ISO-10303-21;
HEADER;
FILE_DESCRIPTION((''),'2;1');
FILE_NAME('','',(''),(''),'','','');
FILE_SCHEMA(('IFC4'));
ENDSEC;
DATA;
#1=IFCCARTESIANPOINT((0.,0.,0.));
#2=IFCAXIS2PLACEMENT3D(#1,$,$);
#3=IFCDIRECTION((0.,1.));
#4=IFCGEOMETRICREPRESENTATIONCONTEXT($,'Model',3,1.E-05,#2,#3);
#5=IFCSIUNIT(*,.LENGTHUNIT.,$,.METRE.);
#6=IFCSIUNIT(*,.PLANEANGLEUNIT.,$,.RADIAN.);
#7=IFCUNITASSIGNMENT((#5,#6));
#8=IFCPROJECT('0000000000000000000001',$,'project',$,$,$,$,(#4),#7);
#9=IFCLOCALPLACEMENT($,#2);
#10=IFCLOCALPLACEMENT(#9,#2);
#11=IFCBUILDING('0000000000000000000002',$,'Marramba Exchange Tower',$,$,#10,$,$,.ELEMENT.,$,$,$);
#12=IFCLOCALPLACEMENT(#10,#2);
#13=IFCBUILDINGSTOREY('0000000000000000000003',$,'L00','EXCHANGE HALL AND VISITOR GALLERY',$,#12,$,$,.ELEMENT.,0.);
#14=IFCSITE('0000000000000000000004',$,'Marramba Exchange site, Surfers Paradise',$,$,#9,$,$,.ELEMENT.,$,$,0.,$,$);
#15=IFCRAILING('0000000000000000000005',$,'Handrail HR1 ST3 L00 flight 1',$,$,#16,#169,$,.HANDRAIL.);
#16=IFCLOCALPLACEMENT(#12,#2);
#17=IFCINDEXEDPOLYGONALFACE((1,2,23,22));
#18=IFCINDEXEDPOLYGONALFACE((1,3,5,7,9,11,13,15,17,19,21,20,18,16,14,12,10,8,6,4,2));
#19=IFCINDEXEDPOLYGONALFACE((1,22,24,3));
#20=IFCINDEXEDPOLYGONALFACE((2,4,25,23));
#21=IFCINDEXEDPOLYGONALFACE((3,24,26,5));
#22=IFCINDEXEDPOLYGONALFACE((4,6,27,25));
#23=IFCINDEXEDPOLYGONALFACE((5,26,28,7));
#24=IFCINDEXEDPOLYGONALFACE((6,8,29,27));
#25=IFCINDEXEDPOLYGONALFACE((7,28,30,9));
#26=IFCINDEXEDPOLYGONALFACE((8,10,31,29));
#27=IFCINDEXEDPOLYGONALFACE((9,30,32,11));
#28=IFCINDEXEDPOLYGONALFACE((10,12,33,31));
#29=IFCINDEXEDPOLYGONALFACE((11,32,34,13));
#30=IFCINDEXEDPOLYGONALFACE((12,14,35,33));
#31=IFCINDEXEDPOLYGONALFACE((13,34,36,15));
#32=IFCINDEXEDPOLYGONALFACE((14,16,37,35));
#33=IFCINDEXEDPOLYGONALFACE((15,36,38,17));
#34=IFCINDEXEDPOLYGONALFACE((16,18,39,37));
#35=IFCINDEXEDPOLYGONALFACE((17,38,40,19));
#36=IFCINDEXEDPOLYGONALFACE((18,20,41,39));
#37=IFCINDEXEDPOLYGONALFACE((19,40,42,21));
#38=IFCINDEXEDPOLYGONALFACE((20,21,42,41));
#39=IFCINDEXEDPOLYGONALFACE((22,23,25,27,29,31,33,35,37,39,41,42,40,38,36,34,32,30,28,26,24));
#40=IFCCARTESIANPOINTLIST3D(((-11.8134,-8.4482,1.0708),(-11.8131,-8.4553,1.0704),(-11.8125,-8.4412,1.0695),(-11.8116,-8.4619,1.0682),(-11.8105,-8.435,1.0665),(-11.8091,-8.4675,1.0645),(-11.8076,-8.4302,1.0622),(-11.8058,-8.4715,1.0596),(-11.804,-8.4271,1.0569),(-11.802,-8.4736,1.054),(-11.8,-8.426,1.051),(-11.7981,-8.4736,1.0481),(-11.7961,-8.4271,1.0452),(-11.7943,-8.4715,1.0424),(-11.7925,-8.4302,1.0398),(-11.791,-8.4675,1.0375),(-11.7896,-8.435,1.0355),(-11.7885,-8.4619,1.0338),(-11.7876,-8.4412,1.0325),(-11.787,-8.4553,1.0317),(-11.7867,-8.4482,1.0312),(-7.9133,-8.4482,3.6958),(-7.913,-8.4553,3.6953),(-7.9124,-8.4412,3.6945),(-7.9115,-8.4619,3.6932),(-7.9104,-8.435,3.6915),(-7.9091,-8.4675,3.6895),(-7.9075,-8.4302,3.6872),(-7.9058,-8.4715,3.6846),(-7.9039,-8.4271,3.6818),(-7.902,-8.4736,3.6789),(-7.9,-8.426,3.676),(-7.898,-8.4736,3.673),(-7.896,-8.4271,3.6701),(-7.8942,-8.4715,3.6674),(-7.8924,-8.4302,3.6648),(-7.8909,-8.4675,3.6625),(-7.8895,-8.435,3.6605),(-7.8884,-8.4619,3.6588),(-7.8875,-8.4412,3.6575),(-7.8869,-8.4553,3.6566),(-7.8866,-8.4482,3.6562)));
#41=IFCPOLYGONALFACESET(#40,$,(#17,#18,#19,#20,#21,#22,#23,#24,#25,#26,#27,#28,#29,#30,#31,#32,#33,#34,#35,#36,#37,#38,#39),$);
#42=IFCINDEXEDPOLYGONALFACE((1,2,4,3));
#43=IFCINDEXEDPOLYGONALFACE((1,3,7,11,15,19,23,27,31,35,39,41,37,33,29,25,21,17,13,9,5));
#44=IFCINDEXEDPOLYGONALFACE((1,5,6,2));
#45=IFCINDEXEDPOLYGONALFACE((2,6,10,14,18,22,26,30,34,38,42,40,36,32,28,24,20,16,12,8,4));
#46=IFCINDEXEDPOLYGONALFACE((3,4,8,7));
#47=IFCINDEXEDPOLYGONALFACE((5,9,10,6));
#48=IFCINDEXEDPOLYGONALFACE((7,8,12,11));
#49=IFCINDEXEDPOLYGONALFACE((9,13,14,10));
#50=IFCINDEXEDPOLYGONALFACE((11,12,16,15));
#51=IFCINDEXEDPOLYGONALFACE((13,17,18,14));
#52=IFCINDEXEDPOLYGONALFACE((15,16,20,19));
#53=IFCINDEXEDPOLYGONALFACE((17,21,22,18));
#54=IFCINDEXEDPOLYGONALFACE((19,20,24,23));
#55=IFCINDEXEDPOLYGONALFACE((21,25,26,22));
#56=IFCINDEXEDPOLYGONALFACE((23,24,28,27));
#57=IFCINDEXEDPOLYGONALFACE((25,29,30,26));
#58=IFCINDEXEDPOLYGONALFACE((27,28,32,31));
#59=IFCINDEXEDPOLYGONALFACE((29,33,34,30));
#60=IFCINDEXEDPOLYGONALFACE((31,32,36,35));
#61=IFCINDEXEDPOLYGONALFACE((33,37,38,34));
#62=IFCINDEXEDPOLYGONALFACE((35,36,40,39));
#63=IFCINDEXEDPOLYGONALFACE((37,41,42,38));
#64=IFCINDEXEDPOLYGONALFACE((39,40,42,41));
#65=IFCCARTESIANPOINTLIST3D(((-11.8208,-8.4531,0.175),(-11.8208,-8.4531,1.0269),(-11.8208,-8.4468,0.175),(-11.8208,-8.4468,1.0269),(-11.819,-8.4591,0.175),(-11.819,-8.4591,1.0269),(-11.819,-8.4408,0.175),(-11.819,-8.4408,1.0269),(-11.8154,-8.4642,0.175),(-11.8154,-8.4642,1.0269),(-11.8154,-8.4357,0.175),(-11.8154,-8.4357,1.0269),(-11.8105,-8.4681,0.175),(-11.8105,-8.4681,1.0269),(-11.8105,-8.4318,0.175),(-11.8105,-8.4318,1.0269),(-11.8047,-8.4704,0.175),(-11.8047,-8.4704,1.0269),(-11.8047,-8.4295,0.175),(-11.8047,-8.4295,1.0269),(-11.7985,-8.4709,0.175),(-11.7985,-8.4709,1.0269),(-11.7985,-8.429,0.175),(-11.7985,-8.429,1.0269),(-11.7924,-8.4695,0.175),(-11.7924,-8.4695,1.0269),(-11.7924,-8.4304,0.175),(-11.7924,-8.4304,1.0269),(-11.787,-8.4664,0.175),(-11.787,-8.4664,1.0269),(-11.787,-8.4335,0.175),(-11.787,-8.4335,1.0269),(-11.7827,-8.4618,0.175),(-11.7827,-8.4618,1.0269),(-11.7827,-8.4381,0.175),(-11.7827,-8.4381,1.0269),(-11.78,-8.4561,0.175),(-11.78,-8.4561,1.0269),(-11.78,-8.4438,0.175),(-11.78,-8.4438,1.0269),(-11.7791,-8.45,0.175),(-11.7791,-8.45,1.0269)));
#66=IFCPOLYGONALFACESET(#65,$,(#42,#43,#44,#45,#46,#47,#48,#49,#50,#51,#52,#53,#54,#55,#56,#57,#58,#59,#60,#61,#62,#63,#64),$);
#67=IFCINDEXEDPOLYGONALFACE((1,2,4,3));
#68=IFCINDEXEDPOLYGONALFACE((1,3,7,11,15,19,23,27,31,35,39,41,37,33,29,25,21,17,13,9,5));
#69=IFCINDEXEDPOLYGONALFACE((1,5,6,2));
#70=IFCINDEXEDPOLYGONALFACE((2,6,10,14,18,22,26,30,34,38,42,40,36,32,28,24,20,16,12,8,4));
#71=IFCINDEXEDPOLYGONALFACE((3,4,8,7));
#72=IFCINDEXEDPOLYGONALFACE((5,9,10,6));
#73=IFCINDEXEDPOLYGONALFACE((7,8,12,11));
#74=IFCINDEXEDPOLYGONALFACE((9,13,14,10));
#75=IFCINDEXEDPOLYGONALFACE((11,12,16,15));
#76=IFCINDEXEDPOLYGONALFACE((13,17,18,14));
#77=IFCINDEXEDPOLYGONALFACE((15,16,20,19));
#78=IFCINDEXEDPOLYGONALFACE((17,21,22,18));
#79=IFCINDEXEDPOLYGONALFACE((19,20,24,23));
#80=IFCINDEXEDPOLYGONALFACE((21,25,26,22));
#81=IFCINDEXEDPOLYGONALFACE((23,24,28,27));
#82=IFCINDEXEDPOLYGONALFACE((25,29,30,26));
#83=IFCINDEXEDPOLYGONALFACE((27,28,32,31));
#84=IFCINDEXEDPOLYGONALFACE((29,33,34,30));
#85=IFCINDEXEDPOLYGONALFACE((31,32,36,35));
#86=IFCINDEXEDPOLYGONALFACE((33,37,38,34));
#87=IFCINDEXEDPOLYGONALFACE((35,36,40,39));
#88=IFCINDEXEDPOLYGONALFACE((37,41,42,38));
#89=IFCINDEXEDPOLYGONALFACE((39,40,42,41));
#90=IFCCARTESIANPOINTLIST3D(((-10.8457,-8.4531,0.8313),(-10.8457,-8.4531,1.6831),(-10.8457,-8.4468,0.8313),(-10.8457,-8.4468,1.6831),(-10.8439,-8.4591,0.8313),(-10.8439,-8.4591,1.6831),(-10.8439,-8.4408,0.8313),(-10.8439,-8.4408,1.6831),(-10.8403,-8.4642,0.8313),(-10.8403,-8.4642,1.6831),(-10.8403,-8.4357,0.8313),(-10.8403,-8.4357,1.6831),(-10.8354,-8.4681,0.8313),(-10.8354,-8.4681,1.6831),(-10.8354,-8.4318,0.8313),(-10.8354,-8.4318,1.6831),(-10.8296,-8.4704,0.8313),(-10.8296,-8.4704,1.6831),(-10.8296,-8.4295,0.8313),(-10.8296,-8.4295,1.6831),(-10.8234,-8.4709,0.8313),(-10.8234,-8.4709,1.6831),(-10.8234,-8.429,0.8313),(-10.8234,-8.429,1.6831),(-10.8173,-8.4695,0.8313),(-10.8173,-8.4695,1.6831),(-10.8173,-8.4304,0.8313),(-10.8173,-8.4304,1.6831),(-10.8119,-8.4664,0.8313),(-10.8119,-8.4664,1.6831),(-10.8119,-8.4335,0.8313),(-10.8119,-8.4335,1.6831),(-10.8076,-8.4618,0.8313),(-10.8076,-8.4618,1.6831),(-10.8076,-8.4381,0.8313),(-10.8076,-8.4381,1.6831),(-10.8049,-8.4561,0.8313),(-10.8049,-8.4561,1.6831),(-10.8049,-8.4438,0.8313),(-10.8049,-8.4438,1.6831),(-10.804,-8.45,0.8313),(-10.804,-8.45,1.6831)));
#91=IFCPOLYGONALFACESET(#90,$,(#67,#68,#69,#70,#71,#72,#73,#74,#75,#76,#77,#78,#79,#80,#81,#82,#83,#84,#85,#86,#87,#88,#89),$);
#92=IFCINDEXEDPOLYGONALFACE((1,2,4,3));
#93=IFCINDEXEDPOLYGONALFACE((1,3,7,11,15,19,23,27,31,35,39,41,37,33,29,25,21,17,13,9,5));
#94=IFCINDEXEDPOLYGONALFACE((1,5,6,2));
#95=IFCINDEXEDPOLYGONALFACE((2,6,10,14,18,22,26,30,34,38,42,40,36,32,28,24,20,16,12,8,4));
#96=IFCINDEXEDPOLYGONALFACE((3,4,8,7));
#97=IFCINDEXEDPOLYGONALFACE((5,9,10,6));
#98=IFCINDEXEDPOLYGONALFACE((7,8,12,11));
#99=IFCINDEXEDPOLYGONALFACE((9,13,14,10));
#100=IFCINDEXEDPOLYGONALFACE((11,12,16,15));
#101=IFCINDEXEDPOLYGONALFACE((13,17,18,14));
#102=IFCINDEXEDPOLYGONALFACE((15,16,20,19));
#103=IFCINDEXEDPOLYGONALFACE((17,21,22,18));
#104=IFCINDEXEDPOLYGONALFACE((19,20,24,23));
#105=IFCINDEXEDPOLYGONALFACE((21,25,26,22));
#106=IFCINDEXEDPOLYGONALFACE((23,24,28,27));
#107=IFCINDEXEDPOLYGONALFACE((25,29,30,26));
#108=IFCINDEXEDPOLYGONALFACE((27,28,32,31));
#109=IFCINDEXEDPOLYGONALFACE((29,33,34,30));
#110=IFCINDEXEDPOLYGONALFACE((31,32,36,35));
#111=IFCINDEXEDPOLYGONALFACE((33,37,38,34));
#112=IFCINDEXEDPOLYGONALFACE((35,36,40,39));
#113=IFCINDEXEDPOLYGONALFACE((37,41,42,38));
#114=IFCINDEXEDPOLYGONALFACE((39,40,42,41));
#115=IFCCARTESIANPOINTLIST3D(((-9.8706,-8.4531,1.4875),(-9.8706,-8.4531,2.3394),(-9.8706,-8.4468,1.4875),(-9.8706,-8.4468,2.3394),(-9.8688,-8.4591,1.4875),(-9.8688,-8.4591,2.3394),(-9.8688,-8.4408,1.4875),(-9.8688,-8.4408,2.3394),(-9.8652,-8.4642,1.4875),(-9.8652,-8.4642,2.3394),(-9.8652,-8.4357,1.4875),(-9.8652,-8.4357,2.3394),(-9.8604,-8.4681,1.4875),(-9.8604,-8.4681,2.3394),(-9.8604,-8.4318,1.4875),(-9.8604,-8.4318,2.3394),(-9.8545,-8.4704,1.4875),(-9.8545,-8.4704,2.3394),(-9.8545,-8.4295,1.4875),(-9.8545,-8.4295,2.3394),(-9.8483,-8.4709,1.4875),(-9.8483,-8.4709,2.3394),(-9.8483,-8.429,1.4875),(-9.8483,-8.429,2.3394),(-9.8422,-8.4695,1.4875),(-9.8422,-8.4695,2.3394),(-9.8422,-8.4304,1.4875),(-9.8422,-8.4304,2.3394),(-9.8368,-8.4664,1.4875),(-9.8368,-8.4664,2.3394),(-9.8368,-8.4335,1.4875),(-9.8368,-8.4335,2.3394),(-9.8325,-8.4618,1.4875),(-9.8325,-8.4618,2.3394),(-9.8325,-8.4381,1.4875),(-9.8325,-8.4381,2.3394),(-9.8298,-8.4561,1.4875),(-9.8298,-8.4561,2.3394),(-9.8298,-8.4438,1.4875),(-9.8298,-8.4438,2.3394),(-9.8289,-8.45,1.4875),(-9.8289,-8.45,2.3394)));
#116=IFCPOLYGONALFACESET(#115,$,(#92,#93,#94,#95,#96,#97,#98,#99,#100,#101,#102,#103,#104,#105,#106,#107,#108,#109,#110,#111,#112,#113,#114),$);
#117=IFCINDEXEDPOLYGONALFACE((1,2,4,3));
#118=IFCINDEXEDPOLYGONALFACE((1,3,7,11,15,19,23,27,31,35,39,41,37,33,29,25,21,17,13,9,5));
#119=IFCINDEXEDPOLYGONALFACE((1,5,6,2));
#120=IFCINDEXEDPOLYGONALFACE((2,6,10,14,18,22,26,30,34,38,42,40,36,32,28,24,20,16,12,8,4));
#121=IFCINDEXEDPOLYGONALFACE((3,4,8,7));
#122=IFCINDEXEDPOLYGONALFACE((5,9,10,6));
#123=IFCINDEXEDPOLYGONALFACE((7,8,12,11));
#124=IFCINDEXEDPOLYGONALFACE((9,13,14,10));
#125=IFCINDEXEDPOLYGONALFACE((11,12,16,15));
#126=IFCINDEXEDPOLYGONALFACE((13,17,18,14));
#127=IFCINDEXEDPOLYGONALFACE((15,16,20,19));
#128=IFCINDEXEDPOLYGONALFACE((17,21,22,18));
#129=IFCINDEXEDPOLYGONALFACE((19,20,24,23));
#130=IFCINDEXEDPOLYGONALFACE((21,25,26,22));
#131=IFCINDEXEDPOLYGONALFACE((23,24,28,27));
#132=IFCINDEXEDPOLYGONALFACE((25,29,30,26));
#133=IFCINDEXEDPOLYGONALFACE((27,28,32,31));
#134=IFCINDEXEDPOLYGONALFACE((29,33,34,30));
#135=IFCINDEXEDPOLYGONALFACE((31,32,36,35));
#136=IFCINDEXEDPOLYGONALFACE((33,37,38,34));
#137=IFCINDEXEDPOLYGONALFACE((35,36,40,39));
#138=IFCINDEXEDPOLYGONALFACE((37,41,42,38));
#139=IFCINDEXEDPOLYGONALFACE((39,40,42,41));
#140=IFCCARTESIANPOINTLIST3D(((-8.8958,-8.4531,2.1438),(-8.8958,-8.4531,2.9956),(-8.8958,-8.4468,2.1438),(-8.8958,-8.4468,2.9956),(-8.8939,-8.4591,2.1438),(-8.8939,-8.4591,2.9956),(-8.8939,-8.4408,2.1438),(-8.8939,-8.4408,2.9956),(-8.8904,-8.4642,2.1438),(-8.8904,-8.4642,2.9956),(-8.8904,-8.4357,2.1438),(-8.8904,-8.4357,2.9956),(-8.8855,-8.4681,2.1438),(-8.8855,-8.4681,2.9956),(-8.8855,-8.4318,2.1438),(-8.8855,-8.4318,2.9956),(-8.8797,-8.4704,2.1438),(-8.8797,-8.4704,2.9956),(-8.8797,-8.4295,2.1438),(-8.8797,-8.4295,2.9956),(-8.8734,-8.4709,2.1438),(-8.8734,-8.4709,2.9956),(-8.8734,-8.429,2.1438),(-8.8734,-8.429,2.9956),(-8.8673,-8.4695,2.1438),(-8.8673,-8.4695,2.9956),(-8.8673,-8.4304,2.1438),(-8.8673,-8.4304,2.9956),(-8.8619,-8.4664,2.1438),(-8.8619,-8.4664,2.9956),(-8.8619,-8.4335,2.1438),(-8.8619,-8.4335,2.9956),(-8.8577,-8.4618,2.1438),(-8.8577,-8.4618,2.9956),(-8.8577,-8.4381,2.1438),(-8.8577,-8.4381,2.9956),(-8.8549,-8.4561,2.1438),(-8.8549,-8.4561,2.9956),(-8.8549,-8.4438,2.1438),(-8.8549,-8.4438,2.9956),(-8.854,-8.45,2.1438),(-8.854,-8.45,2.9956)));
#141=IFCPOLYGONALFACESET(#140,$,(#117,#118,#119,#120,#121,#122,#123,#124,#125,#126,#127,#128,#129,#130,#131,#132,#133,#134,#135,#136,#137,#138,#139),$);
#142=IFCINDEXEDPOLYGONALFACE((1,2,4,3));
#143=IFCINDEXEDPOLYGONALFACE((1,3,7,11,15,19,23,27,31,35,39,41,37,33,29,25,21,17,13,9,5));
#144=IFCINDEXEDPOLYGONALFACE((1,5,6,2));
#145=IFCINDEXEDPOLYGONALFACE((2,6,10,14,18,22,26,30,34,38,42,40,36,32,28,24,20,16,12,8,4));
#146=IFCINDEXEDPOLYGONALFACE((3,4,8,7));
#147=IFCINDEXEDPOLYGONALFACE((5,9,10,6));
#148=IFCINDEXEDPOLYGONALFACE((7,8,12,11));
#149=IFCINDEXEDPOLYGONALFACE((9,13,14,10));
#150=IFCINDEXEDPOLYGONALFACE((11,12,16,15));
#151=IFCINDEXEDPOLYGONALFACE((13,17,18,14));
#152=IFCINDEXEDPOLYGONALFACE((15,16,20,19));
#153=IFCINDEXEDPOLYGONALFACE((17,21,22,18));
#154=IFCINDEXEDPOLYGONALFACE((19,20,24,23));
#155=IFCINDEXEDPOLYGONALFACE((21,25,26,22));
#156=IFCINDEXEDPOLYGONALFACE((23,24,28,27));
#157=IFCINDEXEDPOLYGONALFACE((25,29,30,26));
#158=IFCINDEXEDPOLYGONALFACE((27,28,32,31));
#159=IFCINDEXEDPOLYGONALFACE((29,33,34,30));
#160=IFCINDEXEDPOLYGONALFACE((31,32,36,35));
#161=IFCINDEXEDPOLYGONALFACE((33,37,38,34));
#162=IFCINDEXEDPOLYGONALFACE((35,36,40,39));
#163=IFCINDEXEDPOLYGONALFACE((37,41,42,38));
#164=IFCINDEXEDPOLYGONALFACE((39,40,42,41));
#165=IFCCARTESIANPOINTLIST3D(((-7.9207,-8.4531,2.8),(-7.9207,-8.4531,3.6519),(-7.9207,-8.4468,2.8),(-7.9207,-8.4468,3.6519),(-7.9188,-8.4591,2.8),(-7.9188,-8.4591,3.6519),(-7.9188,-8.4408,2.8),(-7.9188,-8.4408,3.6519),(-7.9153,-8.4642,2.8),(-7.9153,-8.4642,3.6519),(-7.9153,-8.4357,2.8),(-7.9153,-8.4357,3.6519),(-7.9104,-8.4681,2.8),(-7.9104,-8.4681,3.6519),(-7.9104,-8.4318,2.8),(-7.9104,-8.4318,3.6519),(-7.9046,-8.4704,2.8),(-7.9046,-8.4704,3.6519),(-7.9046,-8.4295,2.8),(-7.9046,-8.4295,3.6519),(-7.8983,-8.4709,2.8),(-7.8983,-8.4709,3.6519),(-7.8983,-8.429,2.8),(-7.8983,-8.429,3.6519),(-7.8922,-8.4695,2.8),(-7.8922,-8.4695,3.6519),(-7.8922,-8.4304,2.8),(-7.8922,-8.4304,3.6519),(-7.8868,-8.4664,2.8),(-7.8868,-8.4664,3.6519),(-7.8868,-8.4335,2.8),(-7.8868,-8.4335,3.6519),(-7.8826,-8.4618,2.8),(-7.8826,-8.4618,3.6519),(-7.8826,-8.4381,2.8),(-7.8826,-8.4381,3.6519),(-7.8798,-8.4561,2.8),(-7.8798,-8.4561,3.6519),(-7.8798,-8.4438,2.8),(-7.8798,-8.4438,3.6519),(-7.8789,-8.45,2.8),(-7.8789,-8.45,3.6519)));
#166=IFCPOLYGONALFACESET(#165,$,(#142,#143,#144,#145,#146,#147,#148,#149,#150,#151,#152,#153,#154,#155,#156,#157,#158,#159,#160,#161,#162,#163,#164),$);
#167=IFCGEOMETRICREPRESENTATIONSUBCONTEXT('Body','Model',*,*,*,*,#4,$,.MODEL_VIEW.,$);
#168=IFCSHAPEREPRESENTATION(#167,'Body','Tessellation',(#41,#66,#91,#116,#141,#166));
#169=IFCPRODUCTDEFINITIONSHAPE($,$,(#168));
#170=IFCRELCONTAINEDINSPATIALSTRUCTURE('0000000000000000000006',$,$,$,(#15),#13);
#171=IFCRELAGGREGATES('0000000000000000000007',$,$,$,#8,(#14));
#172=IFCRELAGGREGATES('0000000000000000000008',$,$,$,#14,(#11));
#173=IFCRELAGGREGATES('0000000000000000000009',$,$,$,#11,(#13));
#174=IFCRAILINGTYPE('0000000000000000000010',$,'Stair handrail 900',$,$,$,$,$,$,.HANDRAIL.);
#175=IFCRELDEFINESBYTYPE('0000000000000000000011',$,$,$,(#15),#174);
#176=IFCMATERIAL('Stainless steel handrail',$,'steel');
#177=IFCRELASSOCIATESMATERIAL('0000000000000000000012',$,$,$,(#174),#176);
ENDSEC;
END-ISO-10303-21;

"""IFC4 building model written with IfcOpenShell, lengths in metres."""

from ifc_helpers import new_model, si_unit, direction, frame, origin, origin_2d, place, context, subcontext, project, spatial, circle, extrude, material, type_object, element, save


model = new_model("IFC4")

# Units and contexts
model_context = context("Model", 3, precision=1e-05, world=origin(), true_north=direction((0.0, 1.0)))
body_context = subcontext(model_context, "Body", "Model", "MODEL_VIEW")
ifc_project = project(units=[si_unit("LENGTHUNIT", "METRE"), si_unit("PLANEANGLEUNIT", "RADIAN")], contexts=[model_context])

# Site, building, storey
site_placement = place(None, origin())
site = spatial("IfcSite", under=ifc_project, at=site_placement, Name="Marramba Exchange site, Surfers Paradise", CompositionType="ELEMENT", RefElevation=0.0)
building_placement = place(site_placement, origin())
building = spatial("IfcBuilding", under=site, at=building_placement, Name="Marramba Exchange Tower", CompositionType="ELEMENT")
storey_placement = place(building_placement, origin())
storey = spatial("IfcBuildingStorey", under=building, at=storey_placement, Name="L00", Description="EXCHANGE HALL AND VISITOR GALLERY", CompositionType="ELEMENT", Elevation=0.0)

# Railing
ifc_material_1 = material(Name="Stainless steel handrail", Category="steel")
railing_type_1 = type_object("IfcRailingType", Name="Stair handrail 900", PredefinedType="HANDRAIL", material=ifc_material_1)
railing_1_placement = place(storey_placement, frame((-11.8, -8.45, 0.175)))
element("IfcRailing", 1, at=railing_1_placement, inside=storey, type_object=railing_type_1, Name="Handrail HR1 ST3 L00 flight 1", PredefinedType="HANDRAIL", context=body_context, shape_type="SweptSolid", body=[
    extrude(circle(Radius=0.0239, at=origin_2d()), frame((0.0, 0.0, 0.876), z_axis=(0.829597, 0.0, 0.558362), x_axis=(0.0, 1.0, 0.0)), (0.0, 0.0, 1.0), 4.7012),
    extrude(circle(Radius=0.021, at=origin_2d()), origin(), (0.0, 0.0, 1.0), 0.8518),
    extrude(circle(Radius=0.021, at=origin_2d()), frame((0.9751, 0.0, 0.6562)), (0.0, 0.0, 1.0), 0.8518),
    extrude(circle(Radius=0.021, at=origin_2d()), frame((1.9502, 0.0, 1.3125)), (0.0, 0.0, 1.0), 0.8518),
    extrude(circle(Radius=0.021, at=origin_2d()), frame((2.925, 0.0, 1.9688)), (0.0, 0.0, 1.0), 0.8518),
    extrude(circle(Radius=0.021, at=origin_2d()), frame((3.9001, 0.0, 2.625)), (0.0, 0.0, 1.0), 0.8518),
])

save(model, "model.ifc")
